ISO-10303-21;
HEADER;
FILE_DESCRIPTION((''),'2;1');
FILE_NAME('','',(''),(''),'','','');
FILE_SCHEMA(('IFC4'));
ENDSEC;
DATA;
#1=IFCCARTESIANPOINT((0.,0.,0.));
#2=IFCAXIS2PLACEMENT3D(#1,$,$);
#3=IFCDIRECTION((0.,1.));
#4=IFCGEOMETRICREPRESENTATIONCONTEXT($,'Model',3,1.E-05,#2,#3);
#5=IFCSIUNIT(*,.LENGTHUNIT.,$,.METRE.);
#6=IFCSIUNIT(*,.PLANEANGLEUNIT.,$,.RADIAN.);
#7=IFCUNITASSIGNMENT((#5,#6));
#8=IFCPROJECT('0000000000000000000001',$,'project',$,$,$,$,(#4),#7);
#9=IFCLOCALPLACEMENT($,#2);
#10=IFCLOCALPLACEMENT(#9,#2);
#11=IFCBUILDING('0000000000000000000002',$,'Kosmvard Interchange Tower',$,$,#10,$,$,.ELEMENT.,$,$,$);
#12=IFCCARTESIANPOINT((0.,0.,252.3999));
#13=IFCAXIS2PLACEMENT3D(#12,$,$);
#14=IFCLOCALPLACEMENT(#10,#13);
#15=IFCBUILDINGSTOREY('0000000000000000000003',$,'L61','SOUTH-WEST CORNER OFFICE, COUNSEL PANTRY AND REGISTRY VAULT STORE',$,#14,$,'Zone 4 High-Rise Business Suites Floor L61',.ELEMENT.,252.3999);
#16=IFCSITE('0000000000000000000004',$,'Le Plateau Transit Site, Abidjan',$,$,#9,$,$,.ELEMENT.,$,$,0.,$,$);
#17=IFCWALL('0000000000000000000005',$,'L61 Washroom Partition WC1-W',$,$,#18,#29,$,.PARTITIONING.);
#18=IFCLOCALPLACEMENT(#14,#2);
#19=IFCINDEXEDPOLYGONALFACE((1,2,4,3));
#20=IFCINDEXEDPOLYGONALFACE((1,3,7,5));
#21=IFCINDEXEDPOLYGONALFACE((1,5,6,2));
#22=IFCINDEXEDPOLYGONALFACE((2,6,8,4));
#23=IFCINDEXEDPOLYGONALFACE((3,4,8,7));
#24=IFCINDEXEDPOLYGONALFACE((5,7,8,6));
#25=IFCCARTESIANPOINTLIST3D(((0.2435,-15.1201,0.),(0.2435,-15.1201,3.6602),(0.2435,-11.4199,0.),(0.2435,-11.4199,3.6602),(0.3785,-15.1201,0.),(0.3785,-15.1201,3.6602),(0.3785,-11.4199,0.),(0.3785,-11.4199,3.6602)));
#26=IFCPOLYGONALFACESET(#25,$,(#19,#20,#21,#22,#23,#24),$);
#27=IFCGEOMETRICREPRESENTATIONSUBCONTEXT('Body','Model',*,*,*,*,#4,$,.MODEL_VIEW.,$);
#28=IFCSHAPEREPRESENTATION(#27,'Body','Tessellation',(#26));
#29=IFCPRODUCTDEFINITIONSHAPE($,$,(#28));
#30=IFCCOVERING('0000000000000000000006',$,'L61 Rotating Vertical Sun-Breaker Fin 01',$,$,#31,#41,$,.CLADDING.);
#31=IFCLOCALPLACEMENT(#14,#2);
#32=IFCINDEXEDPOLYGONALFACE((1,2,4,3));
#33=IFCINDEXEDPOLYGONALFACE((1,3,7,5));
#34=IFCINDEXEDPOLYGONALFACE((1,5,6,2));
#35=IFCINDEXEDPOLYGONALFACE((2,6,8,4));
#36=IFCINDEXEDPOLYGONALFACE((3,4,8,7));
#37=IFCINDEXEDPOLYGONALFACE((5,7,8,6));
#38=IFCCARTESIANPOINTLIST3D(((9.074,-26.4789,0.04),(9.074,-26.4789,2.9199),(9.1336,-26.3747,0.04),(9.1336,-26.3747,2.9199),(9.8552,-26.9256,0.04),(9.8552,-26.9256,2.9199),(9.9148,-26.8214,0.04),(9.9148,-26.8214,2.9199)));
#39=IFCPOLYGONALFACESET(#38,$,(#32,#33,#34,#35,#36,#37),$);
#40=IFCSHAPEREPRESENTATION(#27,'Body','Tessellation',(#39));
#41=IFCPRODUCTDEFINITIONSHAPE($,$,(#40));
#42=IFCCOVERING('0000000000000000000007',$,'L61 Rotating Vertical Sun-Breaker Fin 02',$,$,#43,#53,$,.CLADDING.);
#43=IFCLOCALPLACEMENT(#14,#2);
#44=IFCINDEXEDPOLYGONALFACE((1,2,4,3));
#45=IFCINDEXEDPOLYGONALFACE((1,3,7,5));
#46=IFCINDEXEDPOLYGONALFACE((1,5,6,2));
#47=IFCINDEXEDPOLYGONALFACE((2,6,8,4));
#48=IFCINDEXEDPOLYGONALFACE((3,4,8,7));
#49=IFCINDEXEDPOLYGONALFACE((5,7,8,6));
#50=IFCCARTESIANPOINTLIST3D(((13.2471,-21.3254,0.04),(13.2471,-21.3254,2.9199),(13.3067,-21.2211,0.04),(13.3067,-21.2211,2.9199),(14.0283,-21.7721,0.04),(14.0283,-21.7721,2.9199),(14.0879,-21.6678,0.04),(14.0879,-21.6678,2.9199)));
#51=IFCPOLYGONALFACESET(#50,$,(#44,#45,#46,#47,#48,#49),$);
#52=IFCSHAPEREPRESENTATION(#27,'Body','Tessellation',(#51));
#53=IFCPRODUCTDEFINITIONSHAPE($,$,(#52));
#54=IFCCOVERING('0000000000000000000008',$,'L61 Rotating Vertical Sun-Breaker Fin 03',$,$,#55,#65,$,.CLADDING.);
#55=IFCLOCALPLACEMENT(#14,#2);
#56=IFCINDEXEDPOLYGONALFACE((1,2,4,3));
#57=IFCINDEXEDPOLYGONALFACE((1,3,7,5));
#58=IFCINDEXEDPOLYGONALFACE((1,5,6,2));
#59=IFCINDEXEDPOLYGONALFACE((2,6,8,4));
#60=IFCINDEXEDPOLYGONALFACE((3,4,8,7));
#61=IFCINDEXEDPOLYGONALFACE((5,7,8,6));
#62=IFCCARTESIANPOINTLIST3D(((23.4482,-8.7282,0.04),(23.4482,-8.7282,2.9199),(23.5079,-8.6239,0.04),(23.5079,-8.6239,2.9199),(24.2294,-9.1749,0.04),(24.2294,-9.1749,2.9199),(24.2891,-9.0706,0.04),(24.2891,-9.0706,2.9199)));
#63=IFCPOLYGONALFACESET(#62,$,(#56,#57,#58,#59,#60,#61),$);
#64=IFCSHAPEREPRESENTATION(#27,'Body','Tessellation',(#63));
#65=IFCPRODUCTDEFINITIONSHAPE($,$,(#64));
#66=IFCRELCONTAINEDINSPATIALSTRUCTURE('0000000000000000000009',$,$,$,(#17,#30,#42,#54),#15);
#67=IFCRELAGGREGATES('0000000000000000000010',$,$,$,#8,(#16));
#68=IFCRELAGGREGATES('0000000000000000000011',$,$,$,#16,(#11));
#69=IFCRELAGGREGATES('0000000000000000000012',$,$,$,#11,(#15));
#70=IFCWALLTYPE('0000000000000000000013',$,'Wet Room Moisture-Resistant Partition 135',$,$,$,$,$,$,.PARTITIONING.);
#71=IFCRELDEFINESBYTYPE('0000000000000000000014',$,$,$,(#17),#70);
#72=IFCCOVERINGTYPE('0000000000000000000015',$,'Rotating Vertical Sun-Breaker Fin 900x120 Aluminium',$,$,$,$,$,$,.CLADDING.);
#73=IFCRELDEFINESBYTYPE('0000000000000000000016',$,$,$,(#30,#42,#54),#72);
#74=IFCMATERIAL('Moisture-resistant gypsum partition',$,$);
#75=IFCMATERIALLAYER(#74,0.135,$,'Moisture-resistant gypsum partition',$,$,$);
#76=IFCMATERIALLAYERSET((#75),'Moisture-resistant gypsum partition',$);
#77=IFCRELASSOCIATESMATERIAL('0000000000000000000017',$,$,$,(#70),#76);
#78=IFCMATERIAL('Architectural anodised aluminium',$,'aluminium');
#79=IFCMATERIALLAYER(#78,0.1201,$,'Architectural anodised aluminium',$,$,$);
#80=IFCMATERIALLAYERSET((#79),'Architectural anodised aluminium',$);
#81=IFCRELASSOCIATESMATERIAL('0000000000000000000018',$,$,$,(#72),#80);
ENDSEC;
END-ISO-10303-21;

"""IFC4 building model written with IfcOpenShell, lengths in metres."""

from ifc_helpers import new_model, si_unit, direction, frame, frame_2d, origin, origin_2d, place, context, subcontext, project, spatial, rectangle, extrude, source, transform, mapped, material, layer, layer_set, type_object, element, save


model = new_model("IFC4")

# Units and contexts
model_context = context("Model", 3, precision=1e-05, world=origin(), true_north=direction((0.0, 1.0)))
body_context = subcontext(model_context, "Body", "Model", "MODEL_VIEW")
ifc_project = project(units=[si_unit("LENGTHUNIT", "METRE"), si_unit("PLANEANGLEUNIT", "RADIAN")], contexts=[model_context])

# Site, building, storey
site_placement = place(None, origin())
site = spatial("IfcSite", under=ifc_project, at=site_placement, Name="Le Plateau Transit Site, Abidjan", CompositionType="ELEMENT", RefElevation=0.0)
building_placement = place(site_placement, origin())
building = spatial("IfcBuilding", under=site, at=building_placement, Name="Kosmvard Interchange Tower", CompositionType="ELEMENT")
storey_placement = place(building_placement, frame((0.0, 0.0, 252.3999)))
storey = spatial("IfcBuildingStorey", under=building, at=storey_placement, Name="L61", Description="SOUTH-WEST CORNER OFFICE, COUNSEL PANTRY AND REGISTRY VAULT STORE", LongName="Zone 4 High-Rise Business Suites Floor L61", CompositionType="ELEMENT", Elevation=252.3999)

# Wall
ifc_material_1 = material(Name="Moisture-resistant gypsum partition")
ifc_layer_1 = layer(ifc_material_1, 0.135, Name="Moisture-resistant gypsum partition")
ifc_layer_set_1 = layer_set([ifc_layer_1], Name="Moisture-resistant gypsum partition")
wall_type_1 = type_object("IfcWallType", Name="Wet Room Moisture-Resistant Partition 135", PredefinedType="PARTITIONING", material=ifc_layer_set_1)
for number, where, z_axis, x_axis, name in (
    (1, (0.311, -15.1201, 0.0), (0.0, 0.0, 1.0), (0.0, 1.0, 0.0), "L61 Washroom Partition WC1-W"),
):
    element("IfcWall", number, at=place(storey_placement, frame(where, z_axis=z_axis, x_axis=x_axis)), inside=storey, type_object=wall_type_1, Name=name, PredefinedType="PARTITIONING", context=body_context, shape_type="SweptSolid", body=[
        extrude(rectangle(XDim=3.7002, YDim=0.135, at=frame_2d((1.8501, 0.0))), origin(), (0.0, 0.0, 1.0), 3.6602),
    ])

# Coverings
ifc_material_2 = material(Name="Architectural anodised aluminium", Category="aluminium")
ifc_layer_2 = layer(ifc_material_2, 0.1201, Name="Architectural anodised aluminium")
ifc_layer_set_2 = layer_set([ifc_layer_2], Name="Architectural anodised aluminium")
covering_type = type_object("IfcCoveringType", Name="Rotating Vertical Sun-Breaker Fin 900x120 Aluminium", PredefinedType="CLADDING", material=ifc_layer_set_2)
shared_shape_1 = source(origin(), body_context, "Body", "SweptSolid", [
    extrude(rectangle(XDim=0.8999, YDim=0.1201, at=origin_2d()), origin(), (0.0, 0.0, 1.0), 2.8799),
])
for number, where, z_axis, x_axis, name in (
    (2, (9.4944, -26.6501, 0.04), (0.0, 0.0, 1.0), (0.868112, -0.496368, 0.0), "L61 Rotating Vertical Sun-Breaker Fin 01"),
    (3, (13.6675, -21.4966, 0.04), (0.0, 0.0, 1.0), (0.868112, -0.496368, 0.0), "L61 Rotating Vertical Sun-Breaker Fin 02"),
    (4, (23.8687, -8.8994, 0.04), (0.0, 0.0, 1.0), (0.868112, -0.496368, 0.0), "L61 Rotating Vertical Sun-Breaker Fin 03"),
):
    element("IfcCovering", number, at=place(storey_placement, frame(where, z_axis=z_axis, x_axis=x_axis)), inside=storey, type_object=covering_type, Name=name, PredefinedType="CLADDING", context=body_context, shape_type="MappedRepresentation", body=[
        mapped(shared_shape_1, transform((0.0, 0.0, 0.0), scale=1.0)),
    ])

save(model, "model.ifc")
